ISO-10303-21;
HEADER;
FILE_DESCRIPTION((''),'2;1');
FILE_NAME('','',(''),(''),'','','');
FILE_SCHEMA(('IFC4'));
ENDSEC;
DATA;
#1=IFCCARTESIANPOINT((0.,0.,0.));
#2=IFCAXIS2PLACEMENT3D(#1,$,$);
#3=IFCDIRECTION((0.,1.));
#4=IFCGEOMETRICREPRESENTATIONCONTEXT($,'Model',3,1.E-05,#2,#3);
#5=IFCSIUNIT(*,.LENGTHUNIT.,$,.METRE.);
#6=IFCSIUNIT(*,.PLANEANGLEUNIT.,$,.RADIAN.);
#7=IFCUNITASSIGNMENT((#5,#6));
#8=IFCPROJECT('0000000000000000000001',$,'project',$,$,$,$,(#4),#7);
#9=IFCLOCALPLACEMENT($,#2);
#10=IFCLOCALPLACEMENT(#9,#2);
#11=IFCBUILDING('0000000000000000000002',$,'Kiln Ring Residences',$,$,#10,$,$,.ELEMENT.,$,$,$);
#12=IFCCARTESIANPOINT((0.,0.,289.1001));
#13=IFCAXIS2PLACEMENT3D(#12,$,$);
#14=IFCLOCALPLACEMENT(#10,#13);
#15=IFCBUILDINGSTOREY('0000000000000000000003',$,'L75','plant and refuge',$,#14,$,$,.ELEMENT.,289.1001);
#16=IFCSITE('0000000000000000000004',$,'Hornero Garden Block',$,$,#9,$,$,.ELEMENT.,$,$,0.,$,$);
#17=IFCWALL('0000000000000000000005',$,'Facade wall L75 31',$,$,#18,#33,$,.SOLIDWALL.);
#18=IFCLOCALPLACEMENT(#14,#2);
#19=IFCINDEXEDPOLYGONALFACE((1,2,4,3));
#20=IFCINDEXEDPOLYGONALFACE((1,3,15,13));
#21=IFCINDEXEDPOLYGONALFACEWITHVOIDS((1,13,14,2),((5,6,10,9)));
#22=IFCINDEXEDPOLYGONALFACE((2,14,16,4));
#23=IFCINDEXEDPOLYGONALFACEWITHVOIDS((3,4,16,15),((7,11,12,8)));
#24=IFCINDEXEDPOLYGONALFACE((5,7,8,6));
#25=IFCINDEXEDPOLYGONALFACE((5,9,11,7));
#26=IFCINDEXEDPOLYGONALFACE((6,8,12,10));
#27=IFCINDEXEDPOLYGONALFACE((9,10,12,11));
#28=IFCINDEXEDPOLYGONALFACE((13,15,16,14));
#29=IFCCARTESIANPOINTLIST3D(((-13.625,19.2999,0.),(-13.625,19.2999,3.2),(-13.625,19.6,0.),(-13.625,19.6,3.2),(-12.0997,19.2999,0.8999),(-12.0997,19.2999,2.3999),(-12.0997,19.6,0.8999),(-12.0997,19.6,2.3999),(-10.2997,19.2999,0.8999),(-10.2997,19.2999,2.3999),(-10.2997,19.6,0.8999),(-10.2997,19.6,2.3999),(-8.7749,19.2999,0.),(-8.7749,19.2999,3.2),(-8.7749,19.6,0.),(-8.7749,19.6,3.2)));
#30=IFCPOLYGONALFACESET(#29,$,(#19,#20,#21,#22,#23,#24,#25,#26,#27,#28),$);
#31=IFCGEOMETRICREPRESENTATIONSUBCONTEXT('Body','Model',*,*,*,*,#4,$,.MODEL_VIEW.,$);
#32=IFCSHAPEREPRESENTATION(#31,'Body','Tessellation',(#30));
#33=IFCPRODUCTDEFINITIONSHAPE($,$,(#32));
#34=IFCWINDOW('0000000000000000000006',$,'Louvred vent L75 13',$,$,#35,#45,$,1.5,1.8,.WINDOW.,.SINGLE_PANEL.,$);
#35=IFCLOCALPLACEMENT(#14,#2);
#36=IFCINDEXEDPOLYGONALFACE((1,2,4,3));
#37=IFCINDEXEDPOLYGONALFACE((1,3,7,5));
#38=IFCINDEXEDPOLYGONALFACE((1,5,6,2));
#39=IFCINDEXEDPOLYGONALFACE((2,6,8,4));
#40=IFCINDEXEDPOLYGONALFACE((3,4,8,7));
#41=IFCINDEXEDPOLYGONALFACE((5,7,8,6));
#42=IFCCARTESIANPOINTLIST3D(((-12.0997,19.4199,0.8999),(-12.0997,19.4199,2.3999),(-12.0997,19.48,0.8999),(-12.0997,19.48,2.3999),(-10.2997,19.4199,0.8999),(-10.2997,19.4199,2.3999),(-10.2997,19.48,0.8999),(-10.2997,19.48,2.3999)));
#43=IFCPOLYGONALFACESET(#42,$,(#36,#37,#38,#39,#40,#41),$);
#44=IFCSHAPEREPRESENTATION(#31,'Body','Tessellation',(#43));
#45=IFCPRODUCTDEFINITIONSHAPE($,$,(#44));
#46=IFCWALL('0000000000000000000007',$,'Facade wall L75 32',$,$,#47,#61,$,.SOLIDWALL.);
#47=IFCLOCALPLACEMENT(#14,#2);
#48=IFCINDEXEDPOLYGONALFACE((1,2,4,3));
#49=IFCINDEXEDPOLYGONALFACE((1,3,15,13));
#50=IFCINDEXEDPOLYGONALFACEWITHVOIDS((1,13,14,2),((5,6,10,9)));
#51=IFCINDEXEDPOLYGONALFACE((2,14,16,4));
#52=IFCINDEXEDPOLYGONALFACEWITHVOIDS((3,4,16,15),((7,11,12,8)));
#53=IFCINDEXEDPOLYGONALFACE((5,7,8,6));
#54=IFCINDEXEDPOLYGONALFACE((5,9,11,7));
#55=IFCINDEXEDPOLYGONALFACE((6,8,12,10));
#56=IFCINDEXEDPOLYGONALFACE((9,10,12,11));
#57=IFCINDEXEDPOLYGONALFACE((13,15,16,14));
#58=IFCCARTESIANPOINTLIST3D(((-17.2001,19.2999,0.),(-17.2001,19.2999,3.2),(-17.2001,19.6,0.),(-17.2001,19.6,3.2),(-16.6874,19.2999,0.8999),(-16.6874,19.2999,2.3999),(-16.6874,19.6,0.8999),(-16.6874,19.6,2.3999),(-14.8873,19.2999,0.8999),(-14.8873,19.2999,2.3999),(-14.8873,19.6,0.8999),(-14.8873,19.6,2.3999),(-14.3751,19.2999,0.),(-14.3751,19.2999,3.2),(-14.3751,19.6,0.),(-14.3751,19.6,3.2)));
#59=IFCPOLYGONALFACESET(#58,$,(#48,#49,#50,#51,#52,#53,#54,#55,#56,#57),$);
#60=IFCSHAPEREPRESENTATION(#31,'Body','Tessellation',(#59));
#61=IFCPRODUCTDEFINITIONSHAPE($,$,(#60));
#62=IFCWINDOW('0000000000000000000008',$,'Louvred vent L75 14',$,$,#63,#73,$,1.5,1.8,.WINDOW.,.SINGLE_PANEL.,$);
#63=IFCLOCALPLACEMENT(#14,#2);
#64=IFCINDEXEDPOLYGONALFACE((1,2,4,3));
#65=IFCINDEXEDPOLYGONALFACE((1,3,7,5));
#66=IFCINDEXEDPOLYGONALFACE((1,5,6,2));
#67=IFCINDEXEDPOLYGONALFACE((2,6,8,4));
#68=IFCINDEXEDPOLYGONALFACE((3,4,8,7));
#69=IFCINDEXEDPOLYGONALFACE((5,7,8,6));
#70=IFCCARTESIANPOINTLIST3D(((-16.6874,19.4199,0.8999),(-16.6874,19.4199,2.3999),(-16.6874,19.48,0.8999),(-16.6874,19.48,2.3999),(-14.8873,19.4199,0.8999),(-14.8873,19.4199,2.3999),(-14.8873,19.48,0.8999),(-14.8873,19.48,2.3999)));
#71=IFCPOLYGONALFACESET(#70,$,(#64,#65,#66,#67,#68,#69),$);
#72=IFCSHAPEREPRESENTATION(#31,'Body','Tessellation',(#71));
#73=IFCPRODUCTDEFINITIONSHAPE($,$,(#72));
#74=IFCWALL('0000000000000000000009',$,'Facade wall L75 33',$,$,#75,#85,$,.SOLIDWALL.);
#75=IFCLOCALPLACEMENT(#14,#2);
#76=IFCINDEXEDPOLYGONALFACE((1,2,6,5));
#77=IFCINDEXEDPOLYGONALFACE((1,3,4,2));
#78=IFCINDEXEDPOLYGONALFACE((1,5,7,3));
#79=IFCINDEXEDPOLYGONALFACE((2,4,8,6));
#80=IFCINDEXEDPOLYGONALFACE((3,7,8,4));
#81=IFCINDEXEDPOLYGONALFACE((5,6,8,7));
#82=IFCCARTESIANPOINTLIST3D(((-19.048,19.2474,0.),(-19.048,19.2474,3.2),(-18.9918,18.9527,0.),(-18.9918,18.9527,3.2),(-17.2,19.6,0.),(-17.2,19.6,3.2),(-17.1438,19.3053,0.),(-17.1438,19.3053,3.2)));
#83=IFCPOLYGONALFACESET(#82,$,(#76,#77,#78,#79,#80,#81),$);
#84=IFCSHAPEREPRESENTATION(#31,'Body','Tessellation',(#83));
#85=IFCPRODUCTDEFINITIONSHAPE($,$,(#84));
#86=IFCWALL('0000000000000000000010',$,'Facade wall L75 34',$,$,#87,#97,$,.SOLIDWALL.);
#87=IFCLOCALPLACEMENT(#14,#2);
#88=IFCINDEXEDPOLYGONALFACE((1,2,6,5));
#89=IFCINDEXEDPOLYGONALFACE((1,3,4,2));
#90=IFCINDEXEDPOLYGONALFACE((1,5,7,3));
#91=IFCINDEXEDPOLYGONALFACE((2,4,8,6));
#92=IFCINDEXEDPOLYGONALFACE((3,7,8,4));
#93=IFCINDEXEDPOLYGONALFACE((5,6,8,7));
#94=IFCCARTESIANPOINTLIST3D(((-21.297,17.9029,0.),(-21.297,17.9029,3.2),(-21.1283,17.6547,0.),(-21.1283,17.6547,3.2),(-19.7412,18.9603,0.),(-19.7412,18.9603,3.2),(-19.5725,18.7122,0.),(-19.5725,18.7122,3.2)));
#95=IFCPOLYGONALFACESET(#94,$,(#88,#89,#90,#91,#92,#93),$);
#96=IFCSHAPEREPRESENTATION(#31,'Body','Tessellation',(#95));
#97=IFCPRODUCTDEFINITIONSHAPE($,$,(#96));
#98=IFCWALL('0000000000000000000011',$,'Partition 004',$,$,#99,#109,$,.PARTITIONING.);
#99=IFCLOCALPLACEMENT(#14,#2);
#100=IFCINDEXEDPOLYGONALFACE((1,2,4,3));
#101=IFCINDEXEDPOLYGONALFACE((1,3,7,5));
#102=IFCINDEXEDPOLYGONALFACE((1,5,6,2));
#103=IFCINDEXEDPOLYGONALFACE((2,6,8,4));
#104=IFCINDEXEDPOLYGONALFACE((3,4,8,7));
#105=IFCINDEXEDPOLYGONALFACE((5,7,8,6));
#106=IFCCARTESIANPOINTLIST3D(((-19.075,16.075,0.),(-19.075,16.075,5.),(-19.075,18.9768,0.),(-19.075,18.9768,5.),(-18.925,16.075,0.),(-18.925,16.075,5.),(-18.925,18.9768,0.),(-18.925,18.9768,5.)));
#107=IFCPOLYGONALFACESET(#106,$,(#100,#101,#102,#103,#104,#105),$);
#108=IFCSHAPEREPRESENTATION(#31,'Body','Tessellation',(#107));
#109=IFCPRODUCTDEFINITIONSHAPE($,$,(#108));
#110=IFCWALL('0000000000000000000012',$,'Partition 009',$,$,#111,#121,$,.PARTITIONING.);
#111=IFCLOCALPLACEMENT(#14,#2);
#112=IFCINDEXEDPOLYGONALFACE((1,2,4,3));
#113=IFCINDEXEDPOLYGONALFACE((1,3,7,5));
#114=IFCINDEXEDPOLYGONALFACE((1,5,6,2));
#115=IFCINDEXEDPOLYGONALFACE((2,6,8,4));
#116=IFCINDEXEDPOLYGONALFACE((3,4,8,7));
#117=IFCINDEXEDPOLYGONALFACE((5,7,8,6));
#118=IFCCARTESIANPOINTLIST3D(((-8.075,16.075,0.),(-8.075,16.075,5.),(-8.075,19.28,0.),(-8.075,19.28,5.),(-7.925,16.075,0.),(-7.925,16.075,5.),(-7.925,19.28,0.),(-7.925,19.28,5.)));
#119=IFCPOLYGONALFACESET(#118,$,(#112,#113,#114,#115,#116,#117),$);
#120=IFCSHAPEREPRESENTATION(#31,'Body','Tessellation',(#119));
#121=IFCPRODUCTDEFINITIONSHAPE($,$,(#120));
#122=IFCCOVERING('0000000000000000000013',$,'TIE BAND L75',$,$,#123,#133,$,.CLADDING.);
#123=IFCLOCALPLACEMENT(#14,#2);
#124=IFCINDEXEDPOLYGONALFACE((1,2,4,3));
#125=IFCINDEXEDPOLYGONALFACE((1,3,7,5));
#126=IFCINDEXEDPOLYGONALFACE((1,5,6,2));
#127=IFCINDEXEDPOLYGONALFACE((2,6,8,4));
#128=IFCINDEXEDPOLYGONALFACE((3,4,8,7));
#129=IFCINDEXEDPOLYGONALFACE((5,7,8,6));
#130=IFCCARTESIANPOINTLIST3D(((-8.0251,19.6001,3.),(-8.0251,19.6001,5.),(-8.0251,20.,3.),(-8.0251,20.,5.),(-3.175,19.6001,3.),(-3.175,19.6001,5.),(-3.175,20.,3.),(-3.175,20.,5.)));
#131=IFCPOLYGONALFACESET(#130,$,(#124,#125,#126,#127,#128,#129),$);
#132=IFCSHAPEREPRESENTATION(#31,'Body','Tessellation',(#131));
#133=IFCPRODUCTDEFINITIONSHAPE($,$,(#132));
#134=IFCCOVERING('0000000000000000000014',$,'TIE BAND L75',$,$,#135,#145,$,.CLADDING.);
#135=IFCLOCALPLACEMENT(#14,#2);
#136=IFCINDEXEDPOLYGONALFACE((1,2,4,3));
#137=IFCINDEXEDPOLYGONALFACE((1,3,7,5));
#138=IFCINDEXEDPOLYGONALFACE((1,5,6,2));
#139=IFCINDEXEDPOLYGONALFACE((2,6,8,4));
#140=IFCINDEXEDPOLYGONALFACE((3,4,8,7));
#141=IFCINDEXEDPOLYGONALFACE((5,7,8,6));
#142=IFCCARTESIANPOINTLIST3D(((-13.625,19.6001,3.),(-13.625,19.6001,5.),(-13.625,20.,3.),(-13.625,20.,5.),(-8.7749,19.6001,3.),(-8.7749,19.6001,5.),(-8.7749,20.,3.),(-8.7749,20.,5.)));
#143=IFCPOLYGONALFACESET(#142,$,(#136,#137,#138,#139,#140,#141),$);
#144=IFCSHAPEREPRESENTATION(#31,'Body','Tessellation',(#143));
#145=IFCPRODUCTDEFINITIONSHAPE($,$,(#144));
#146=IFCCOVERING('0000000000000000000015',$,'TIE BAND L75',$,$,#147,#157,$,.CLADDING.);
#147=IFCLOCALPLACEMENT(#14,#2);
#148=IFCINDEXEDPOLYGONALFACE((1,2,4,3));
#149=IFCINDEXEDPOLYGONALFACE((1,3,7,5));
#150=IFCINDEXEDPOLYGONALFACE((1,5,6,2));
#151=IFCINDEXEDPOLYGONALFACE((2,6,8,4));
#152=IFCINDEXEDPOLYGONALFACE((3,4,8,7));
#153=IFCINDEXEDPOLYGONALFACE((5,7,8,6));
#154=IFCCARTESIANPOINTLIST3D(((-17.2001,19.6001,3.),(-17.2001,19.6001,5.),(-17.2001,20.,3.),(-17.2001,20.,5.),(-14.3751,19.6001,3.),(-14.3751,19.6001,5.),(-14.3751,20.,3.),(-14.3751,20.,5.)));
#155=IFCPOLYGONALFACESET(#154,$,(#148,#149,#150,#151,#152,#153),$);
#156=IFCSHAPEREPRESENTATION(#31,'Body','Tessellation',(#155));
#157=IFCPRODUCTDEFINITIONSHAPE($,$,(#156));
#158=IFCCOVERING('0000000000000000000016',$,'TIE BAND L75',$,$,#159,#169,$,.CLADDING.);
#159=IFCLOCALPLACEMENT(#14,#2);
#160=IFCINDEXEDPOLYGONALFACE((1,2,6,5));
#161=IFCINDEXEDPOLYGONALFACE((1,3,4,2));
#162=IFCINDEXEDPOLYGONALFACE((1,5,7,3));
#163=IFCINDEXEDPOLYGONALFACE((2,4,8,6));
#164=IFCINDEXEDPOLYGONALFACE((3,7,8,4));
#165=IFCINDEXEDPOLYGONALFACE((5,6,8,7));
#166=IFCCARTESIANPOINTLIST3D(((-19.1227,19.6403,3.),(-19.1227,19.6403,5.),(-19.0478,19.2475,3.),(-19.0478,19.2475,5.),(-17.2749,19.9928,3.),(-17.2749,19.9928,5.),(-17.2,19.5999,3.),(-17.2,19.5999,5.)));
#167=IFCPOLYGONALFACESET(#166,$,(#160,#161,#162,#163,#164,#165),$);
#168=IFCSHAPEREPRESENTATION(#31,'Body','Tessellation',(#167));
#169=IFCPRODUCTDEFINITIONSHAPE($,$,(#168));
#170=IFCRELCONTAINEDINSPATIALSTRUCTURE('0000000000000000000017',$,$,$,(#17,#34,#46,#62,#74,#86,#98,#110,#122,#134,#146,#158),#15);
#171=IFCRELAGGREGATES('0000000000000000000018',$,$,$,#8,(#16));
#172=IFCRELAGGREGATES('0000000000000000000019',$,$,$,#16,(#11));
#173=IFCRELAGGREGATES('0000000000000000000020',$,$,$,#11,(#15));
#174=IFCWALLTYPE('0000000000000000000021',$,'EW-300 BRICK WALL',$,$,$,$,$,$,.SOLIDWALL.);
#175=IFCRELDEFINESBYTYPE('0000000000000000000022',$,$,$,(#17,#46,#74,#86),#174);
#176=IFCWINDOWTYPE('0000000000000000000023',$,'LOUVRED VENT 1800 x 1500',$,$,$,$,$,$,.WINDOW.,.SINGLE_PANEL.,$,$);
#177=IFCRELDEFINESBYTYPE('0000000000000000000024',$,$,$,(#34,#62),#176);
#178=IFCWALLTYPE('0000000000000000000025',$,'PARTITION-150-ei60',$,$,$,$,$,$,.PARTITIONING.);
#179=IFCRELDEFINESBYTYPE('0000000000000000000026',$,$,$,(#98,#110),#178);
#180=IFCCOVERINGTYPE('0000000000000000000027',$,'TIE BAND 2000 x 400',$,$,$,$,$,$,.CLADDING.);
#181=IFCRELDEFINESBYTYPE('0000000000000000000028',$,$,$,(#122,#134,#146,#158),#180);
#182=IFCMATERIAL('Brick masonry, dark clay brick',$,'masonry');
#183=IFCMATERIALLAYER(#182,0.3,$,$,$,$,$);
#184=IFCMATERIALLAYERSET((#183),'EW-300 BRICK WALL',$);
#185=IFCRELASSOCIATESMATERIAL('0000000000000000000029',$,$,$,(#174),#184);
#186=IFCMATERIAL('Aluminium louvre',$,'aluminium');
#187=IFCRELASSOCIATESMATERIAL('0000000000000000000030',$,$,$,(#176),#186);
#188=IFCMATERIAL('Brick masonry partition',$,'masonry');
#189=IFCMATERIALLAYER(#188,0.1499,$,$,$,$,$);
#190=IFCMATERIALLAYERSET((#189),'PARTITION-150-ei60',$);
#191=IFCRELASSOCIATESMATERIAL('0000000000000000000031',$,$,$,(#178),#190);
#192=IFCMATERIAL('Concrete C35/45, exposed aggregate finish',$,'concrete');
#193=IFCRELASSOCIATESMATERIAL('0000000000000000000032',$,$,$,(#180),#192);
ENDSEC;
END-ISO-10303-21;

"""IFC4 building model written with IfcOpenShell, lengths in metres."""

from ifc_helpers import new_model, si_unit, direction, frame, frame_2d, origin, origin_2d, place, context, subcontext, project, spatial, rectangle, extrude, material, layer, layer_set, type_object, element, fill, save


model = new_model("IFC4")

# Units and contexts
model_context = context("Model", 3, precision=1e-05, world=origin(), true_north=direction((0.0, 1.0)))
body_context = subcontext(model_context, "Body", "Model", "MODEL_VIEW")
ifc_project = project(units=[si_unit("LENGTHUNIT", "METRE"), si_unit("PLANEANGLEUNIT", "RADIAN")], contexts=[model_context])

# Site, building, storey
site_placement = place(None, origin())
site = spatial("IfcSite", under=ifc_project, at=site_placement, Name="Hornero Garden Block", CompositionType="ELEMENT", RefElevation=0.0)
building_placement = place(site_placement, origin())
building = spatial("IfcBuilding", under=site, at=building_placement, Name="Kiln Ring Residences", CompositionType="ELEMENT")
storey_placement = place(building_placement, frame((0.0, 0.0, 289.1001)))
storey = spatial("IfcBuildingStorey", under=building, at=storey_placement, Name="L75", Description="plant and refuge", CompositionType="ELEMENT", Elevation=289.1001)

# Walls, openings, windows
ifc_material_1 = material(Name="Brick masonry, dark clay brick", Category="masonry")
ifc_layer_1 = layer(ifc_material_1, 0.3)
ifc_layer_set_1 = layer_set([ifc_layer_1], Name="EW-300 BRICK WALL")
wall_type_1 = type_object("IfcWallType", Name="EW-300 BRICK WALL", PredefinedType="SOLIDWALL", material=ifc_layer_set_1)
ifc_material_2 = material(Name="Aluminium louvre", Category="aluminium")
window_type = type_object("IfcWindowType", Name="LOUVRED VENT 1800 x 1500", PartitioningType="SINGLE_PANEL", PredefinedType="WINDOW", material=ifc_material_2)
wall_1_placement = place(storey_placement, frame((-8.7749, 19.45, 0.0), z_axis=(0.0, 0.0, 1.0), x_axis=(-1.0, 0.0, 0.0)))
wall_1 = element("IfcWall", 1, at=wall_1_placement, inside=storey, type_object=wall_type_1, Name="Facade wall L75 31", PredefinedType="SOLIDWALL", context=body_context, shape_type="SweptSolid", body=[
    extrude(rectangle(XDim=4.8501, YDim=0.3, at=frame_2d((2.425, 0.0))), origin(), (0.0, 0.0, 1.0), 3.2),
])
opening_1_placement = place(wall_1_placement, frame((1.5249, 0.0, 0.8999)))
opening_1 = element("IfcOpeningElement", 2, at=opening_1_placement, cuts=wall_1, PredefinedType="OPENING", context=body_context, shape_type="SweptSolid", body=[
    extrude(rectangle(XDim=1.8, YDim=1.5, at=frame_2d((0.8999, 0.75))), frame((0.0, 0.1599, 0.0), z_axis=(0.0, -1.0, 0.0), x_axis=(1.0, 0.0, 0.0)), (0.0, 0.0, 1.0), 0.3201),
])
window_1_placement = place(opening_1_placement, origin())
window_1 = element("IfcWindow", 3, at=window_1_placement, inside=storey, type_object=window_type, Name="Louvred vent L75 13", OverallHeight=1.5, OverallWidth=1.8, PartitioningType="SINGLE_PANEL", PredefinedType="WINDOW", context=body_context, shape_type="SweptSolid", body=[
    extrude(rectangle(XDim=1.8, YDim=1.5, at=frame_2d((0.8999, 0.75))), frame((0.0, 0.03, 0.0), z_axis=(0.0, -1.0, 0.0), x_axis=(1.0, 0.0, 0.0)), (0.0, 0.0, 1.0), 0.0601),
])
fill(opening_1, window_1)
wall_2_placement = place(storey_placement, frame((-14.375, 19.45, 0.0), z_axis=(0.0, 0.0, 1.0), x_axis=(-1.0, 0.0, 0.0)))
wall_2 = element("IfcWall", 4, at=wall_2_placement, inside=storey, type_object=wall_type_1, Name="Facade wall L75 32", PredefinedType="SOLIDWALL", context=body_context, shape_type="SweptSolid", body=[
    extrude(rectangle(XDim=2.825, YDim=0.3, at=frame_2d((1.4126, 0.0))), origin(), (0.0, 0.0, 1.0), 3.2),
])
opening_2_placement = place(wall_2_placement, frame((0.5125, 0.0, 0.8999)))
opening_2 = element("IfcOpeningElement", 5, at=opening_2_placement, cuts=wall_2, PredefinedType="OPENING", context=body_context, shape_type="SweptSolid", body=[
    extrude(rectangle(XDim=1.8, YDim=1.5, at=frame_2d((0.8999, 0.75))), frame((0.0, 0.1599, 0.0), z_axis=(0.0, -1.0, 0.0), x_axis=(1.0, 0.0, 0.0)), (0.0, 0.0, 1.0), 0.3201),
])
window_2_placement = place(opening_2_placement, origin())
window_2 = element("IfcWindow", 6, at=window_2_placement, inside=storey, type_object=window_type, Name="Louvred vent L75 14", OverallHeight=1.5, OverallWidth=1.8, PartitioningType="SINGLE_PANEL", PredefinedType="WINDOW", context=body_context, shape_type="SweptSolid", body=[
    extrude(rectangle(XDim=1.8, YDim=1.5, at=frame_2d((0.8999, 0.75))), frame((0.0, 0.03, 0.0), z_axis=(0.0, -1.0, 0.0), x_axis=(1.0, 0.0, 0.0)), (0.0, 0.0, 1.0), 0.0601),
])
fill(opening_2, window_2)

# Walls
wall_3_placement = place(storey_placement, frame((-17.1719, 19.4526, 0.0), z_axis=(0.0, 0.0, 1.0), x_axis=(-0.982284, -0.187398, 0.0)))
element("IfcWall", 7, at=wall_3_placement, inside=storey, type_object=wall_type_1, Name="Facade wall L75 33", PredefinedType="SOLIDWALL", context=body_context, shape_type="SweptSolid", body=[
    extrude(rectangle(XDim=1.8813, YDim=0.3, at=frame_2d((0.9407, 0.0))), origin(), (0.0, 0.0, 1.0), 3.2),
])
wall_4_placement = place(storey_placement, frame((-19.657, 18.8362, 0.0), z_axis=(0.0, 0.0, 1.0), x_axis=(-0.827045, -0.562136, 0.0)))
element("IfcWall", 8, at=wall_4_placement, inside=storey, type_object=wall_type_1, Name="Facade wall L75 34", PredefinedType="SOLIDWALL", context=body_context, shape_type="SweptSolid", body=[
    extrude(rectangle(XDim=1.8811, YDim=0.3, at=frame_2d((0.9404, 0.0))), origin(), (0.0, 0.0, 1.0), 3.2),
])
ifc_material_3 = material(Name="Brick masonry partition", Category="masonry")
ifc_layer_2 = layer(ifc_material_3, 0.1499)
ifc_layer_set_2 = layer_set([ifc_layer_2], Name="PARTITION-150-ei60")
wall_type_2 = type_object("IfcWallType", Name="PARTITION-150-ei60", PredefinedType="PARTITIONING", material=ifc_layer_set_2)
wall_5_placement = place(storey_placement, frame((-19.0, 16.075, 0.0), z_axis=(0.0, 0.0, 1.0), x_axis=(0.0, 1.0, 0.0)))
element("IfcWall", 9, at=wall_5_placement, inside=storey, type_object=wall_type_2, Name="Partition 004", PredefinedType="PARTITIONING", context=body_context, shape_type="SweptSolid", body=[
    extrude(rectangle(XDim=2.9019, YDim=0.1499, at=frame_2d((1.4509, 0.0))), origin(), (0.0, 0.0, 1.0), 5.0),
])
wall_6_placement = place(storey_placement, frame((-8.0, 16.075, 0.0), z_axis=(0.0, 0.0, 1.0), x_axis=(0.0, 1.0, 0.0)))
element("IfcWall", 10, at=wall_6_placement, inside=storey, type_object=wall_type_2, Name="Partition 009", PredefinedType="PARTITIONING", context=body_context, shape_type="SweptSolid", body=[
    extrude(rectangle(XDim=3.2051, YDim=0.1499, at=frame_2d((1.6025, 0.0))), origin(), (0.0, 0.0, 1.0), 5.0),
])

# Coverings
ifc_material_4 = material(Name="Concrete C35/45, exposed aggregate finish", Category="concrete")
covering_type = type_object("IfcCoveringType", Name="TIE BAND 2000 x 400", PredefinedType="CLADDING", material=ifc_material_4)
for number, where, z_axis, x_axis, name in (
    (11, (-5.6001, 19.8, 3.0), (0.0, 0.0, 1.0), (-1.0, 0.0, 0.0), "TIE BAND L75"),
    (12, (-11.2, 19.8, 3.0), (0.0, 0.0, 1.0), (-1.0, 0.0, 0.0), "TIE BAND L75"),
):
    element("IfcCovering", number, at=place(storey_placement, frame(where, z_axis=z_axis, x_axis=x_axis)), inside=storey, type_object=covering_type, Name=name, PredefinedType="CLADDING", context=body_context, shape_type="SweptSolid", body=[
        extrude(rectangle(XDim=4.8501, YDim=0.3999, at=origin_2d()), origin(), (0.0, 0.0, 1.0), 2.0),
    ])
covering_1_placement = place(storey_placement, frame((-15.7876, 19.8, 3.0), z_axis=(0.0, 0.0, 1.0), x_axis=(-1.0, 0.0, 0.0)))
element("IfcCovering", 13, at=covering_1_placement, inside=storey, type_object=covering_type, Name="TIE BAND L75", PredefinedType="CLADDING", context=body_context, shape_type="SweptSolid", body=[
    extrude(rectangle(XDim=2.825, YDim=0.3999, at=origin_2d()), origin(), (0.0, 0.0, 1.0), 2.0),
])
covering_2_placement = place(storey_placement, frame((-18.1614, 19.6201, 3.0), z_axis=(0.0, 0.0, 1.0), x_axis=(-0.98229, -0.187366, 0.0)))
element("IfcCovering", 14, at=covering_2_placement, inside=storey, type_object=covering_type, Name="TIE BAND L75", PredefinedType="CLADDING", context=body_context, shape_type="SweptSolid", body=[
    extrude(rectangle(XDim=1.8811, YDim=0.3999, at=origin_2d()), origin(), (0.0, 0.0, 1.0), 2.0),
])

save(model, "model.ifc")
